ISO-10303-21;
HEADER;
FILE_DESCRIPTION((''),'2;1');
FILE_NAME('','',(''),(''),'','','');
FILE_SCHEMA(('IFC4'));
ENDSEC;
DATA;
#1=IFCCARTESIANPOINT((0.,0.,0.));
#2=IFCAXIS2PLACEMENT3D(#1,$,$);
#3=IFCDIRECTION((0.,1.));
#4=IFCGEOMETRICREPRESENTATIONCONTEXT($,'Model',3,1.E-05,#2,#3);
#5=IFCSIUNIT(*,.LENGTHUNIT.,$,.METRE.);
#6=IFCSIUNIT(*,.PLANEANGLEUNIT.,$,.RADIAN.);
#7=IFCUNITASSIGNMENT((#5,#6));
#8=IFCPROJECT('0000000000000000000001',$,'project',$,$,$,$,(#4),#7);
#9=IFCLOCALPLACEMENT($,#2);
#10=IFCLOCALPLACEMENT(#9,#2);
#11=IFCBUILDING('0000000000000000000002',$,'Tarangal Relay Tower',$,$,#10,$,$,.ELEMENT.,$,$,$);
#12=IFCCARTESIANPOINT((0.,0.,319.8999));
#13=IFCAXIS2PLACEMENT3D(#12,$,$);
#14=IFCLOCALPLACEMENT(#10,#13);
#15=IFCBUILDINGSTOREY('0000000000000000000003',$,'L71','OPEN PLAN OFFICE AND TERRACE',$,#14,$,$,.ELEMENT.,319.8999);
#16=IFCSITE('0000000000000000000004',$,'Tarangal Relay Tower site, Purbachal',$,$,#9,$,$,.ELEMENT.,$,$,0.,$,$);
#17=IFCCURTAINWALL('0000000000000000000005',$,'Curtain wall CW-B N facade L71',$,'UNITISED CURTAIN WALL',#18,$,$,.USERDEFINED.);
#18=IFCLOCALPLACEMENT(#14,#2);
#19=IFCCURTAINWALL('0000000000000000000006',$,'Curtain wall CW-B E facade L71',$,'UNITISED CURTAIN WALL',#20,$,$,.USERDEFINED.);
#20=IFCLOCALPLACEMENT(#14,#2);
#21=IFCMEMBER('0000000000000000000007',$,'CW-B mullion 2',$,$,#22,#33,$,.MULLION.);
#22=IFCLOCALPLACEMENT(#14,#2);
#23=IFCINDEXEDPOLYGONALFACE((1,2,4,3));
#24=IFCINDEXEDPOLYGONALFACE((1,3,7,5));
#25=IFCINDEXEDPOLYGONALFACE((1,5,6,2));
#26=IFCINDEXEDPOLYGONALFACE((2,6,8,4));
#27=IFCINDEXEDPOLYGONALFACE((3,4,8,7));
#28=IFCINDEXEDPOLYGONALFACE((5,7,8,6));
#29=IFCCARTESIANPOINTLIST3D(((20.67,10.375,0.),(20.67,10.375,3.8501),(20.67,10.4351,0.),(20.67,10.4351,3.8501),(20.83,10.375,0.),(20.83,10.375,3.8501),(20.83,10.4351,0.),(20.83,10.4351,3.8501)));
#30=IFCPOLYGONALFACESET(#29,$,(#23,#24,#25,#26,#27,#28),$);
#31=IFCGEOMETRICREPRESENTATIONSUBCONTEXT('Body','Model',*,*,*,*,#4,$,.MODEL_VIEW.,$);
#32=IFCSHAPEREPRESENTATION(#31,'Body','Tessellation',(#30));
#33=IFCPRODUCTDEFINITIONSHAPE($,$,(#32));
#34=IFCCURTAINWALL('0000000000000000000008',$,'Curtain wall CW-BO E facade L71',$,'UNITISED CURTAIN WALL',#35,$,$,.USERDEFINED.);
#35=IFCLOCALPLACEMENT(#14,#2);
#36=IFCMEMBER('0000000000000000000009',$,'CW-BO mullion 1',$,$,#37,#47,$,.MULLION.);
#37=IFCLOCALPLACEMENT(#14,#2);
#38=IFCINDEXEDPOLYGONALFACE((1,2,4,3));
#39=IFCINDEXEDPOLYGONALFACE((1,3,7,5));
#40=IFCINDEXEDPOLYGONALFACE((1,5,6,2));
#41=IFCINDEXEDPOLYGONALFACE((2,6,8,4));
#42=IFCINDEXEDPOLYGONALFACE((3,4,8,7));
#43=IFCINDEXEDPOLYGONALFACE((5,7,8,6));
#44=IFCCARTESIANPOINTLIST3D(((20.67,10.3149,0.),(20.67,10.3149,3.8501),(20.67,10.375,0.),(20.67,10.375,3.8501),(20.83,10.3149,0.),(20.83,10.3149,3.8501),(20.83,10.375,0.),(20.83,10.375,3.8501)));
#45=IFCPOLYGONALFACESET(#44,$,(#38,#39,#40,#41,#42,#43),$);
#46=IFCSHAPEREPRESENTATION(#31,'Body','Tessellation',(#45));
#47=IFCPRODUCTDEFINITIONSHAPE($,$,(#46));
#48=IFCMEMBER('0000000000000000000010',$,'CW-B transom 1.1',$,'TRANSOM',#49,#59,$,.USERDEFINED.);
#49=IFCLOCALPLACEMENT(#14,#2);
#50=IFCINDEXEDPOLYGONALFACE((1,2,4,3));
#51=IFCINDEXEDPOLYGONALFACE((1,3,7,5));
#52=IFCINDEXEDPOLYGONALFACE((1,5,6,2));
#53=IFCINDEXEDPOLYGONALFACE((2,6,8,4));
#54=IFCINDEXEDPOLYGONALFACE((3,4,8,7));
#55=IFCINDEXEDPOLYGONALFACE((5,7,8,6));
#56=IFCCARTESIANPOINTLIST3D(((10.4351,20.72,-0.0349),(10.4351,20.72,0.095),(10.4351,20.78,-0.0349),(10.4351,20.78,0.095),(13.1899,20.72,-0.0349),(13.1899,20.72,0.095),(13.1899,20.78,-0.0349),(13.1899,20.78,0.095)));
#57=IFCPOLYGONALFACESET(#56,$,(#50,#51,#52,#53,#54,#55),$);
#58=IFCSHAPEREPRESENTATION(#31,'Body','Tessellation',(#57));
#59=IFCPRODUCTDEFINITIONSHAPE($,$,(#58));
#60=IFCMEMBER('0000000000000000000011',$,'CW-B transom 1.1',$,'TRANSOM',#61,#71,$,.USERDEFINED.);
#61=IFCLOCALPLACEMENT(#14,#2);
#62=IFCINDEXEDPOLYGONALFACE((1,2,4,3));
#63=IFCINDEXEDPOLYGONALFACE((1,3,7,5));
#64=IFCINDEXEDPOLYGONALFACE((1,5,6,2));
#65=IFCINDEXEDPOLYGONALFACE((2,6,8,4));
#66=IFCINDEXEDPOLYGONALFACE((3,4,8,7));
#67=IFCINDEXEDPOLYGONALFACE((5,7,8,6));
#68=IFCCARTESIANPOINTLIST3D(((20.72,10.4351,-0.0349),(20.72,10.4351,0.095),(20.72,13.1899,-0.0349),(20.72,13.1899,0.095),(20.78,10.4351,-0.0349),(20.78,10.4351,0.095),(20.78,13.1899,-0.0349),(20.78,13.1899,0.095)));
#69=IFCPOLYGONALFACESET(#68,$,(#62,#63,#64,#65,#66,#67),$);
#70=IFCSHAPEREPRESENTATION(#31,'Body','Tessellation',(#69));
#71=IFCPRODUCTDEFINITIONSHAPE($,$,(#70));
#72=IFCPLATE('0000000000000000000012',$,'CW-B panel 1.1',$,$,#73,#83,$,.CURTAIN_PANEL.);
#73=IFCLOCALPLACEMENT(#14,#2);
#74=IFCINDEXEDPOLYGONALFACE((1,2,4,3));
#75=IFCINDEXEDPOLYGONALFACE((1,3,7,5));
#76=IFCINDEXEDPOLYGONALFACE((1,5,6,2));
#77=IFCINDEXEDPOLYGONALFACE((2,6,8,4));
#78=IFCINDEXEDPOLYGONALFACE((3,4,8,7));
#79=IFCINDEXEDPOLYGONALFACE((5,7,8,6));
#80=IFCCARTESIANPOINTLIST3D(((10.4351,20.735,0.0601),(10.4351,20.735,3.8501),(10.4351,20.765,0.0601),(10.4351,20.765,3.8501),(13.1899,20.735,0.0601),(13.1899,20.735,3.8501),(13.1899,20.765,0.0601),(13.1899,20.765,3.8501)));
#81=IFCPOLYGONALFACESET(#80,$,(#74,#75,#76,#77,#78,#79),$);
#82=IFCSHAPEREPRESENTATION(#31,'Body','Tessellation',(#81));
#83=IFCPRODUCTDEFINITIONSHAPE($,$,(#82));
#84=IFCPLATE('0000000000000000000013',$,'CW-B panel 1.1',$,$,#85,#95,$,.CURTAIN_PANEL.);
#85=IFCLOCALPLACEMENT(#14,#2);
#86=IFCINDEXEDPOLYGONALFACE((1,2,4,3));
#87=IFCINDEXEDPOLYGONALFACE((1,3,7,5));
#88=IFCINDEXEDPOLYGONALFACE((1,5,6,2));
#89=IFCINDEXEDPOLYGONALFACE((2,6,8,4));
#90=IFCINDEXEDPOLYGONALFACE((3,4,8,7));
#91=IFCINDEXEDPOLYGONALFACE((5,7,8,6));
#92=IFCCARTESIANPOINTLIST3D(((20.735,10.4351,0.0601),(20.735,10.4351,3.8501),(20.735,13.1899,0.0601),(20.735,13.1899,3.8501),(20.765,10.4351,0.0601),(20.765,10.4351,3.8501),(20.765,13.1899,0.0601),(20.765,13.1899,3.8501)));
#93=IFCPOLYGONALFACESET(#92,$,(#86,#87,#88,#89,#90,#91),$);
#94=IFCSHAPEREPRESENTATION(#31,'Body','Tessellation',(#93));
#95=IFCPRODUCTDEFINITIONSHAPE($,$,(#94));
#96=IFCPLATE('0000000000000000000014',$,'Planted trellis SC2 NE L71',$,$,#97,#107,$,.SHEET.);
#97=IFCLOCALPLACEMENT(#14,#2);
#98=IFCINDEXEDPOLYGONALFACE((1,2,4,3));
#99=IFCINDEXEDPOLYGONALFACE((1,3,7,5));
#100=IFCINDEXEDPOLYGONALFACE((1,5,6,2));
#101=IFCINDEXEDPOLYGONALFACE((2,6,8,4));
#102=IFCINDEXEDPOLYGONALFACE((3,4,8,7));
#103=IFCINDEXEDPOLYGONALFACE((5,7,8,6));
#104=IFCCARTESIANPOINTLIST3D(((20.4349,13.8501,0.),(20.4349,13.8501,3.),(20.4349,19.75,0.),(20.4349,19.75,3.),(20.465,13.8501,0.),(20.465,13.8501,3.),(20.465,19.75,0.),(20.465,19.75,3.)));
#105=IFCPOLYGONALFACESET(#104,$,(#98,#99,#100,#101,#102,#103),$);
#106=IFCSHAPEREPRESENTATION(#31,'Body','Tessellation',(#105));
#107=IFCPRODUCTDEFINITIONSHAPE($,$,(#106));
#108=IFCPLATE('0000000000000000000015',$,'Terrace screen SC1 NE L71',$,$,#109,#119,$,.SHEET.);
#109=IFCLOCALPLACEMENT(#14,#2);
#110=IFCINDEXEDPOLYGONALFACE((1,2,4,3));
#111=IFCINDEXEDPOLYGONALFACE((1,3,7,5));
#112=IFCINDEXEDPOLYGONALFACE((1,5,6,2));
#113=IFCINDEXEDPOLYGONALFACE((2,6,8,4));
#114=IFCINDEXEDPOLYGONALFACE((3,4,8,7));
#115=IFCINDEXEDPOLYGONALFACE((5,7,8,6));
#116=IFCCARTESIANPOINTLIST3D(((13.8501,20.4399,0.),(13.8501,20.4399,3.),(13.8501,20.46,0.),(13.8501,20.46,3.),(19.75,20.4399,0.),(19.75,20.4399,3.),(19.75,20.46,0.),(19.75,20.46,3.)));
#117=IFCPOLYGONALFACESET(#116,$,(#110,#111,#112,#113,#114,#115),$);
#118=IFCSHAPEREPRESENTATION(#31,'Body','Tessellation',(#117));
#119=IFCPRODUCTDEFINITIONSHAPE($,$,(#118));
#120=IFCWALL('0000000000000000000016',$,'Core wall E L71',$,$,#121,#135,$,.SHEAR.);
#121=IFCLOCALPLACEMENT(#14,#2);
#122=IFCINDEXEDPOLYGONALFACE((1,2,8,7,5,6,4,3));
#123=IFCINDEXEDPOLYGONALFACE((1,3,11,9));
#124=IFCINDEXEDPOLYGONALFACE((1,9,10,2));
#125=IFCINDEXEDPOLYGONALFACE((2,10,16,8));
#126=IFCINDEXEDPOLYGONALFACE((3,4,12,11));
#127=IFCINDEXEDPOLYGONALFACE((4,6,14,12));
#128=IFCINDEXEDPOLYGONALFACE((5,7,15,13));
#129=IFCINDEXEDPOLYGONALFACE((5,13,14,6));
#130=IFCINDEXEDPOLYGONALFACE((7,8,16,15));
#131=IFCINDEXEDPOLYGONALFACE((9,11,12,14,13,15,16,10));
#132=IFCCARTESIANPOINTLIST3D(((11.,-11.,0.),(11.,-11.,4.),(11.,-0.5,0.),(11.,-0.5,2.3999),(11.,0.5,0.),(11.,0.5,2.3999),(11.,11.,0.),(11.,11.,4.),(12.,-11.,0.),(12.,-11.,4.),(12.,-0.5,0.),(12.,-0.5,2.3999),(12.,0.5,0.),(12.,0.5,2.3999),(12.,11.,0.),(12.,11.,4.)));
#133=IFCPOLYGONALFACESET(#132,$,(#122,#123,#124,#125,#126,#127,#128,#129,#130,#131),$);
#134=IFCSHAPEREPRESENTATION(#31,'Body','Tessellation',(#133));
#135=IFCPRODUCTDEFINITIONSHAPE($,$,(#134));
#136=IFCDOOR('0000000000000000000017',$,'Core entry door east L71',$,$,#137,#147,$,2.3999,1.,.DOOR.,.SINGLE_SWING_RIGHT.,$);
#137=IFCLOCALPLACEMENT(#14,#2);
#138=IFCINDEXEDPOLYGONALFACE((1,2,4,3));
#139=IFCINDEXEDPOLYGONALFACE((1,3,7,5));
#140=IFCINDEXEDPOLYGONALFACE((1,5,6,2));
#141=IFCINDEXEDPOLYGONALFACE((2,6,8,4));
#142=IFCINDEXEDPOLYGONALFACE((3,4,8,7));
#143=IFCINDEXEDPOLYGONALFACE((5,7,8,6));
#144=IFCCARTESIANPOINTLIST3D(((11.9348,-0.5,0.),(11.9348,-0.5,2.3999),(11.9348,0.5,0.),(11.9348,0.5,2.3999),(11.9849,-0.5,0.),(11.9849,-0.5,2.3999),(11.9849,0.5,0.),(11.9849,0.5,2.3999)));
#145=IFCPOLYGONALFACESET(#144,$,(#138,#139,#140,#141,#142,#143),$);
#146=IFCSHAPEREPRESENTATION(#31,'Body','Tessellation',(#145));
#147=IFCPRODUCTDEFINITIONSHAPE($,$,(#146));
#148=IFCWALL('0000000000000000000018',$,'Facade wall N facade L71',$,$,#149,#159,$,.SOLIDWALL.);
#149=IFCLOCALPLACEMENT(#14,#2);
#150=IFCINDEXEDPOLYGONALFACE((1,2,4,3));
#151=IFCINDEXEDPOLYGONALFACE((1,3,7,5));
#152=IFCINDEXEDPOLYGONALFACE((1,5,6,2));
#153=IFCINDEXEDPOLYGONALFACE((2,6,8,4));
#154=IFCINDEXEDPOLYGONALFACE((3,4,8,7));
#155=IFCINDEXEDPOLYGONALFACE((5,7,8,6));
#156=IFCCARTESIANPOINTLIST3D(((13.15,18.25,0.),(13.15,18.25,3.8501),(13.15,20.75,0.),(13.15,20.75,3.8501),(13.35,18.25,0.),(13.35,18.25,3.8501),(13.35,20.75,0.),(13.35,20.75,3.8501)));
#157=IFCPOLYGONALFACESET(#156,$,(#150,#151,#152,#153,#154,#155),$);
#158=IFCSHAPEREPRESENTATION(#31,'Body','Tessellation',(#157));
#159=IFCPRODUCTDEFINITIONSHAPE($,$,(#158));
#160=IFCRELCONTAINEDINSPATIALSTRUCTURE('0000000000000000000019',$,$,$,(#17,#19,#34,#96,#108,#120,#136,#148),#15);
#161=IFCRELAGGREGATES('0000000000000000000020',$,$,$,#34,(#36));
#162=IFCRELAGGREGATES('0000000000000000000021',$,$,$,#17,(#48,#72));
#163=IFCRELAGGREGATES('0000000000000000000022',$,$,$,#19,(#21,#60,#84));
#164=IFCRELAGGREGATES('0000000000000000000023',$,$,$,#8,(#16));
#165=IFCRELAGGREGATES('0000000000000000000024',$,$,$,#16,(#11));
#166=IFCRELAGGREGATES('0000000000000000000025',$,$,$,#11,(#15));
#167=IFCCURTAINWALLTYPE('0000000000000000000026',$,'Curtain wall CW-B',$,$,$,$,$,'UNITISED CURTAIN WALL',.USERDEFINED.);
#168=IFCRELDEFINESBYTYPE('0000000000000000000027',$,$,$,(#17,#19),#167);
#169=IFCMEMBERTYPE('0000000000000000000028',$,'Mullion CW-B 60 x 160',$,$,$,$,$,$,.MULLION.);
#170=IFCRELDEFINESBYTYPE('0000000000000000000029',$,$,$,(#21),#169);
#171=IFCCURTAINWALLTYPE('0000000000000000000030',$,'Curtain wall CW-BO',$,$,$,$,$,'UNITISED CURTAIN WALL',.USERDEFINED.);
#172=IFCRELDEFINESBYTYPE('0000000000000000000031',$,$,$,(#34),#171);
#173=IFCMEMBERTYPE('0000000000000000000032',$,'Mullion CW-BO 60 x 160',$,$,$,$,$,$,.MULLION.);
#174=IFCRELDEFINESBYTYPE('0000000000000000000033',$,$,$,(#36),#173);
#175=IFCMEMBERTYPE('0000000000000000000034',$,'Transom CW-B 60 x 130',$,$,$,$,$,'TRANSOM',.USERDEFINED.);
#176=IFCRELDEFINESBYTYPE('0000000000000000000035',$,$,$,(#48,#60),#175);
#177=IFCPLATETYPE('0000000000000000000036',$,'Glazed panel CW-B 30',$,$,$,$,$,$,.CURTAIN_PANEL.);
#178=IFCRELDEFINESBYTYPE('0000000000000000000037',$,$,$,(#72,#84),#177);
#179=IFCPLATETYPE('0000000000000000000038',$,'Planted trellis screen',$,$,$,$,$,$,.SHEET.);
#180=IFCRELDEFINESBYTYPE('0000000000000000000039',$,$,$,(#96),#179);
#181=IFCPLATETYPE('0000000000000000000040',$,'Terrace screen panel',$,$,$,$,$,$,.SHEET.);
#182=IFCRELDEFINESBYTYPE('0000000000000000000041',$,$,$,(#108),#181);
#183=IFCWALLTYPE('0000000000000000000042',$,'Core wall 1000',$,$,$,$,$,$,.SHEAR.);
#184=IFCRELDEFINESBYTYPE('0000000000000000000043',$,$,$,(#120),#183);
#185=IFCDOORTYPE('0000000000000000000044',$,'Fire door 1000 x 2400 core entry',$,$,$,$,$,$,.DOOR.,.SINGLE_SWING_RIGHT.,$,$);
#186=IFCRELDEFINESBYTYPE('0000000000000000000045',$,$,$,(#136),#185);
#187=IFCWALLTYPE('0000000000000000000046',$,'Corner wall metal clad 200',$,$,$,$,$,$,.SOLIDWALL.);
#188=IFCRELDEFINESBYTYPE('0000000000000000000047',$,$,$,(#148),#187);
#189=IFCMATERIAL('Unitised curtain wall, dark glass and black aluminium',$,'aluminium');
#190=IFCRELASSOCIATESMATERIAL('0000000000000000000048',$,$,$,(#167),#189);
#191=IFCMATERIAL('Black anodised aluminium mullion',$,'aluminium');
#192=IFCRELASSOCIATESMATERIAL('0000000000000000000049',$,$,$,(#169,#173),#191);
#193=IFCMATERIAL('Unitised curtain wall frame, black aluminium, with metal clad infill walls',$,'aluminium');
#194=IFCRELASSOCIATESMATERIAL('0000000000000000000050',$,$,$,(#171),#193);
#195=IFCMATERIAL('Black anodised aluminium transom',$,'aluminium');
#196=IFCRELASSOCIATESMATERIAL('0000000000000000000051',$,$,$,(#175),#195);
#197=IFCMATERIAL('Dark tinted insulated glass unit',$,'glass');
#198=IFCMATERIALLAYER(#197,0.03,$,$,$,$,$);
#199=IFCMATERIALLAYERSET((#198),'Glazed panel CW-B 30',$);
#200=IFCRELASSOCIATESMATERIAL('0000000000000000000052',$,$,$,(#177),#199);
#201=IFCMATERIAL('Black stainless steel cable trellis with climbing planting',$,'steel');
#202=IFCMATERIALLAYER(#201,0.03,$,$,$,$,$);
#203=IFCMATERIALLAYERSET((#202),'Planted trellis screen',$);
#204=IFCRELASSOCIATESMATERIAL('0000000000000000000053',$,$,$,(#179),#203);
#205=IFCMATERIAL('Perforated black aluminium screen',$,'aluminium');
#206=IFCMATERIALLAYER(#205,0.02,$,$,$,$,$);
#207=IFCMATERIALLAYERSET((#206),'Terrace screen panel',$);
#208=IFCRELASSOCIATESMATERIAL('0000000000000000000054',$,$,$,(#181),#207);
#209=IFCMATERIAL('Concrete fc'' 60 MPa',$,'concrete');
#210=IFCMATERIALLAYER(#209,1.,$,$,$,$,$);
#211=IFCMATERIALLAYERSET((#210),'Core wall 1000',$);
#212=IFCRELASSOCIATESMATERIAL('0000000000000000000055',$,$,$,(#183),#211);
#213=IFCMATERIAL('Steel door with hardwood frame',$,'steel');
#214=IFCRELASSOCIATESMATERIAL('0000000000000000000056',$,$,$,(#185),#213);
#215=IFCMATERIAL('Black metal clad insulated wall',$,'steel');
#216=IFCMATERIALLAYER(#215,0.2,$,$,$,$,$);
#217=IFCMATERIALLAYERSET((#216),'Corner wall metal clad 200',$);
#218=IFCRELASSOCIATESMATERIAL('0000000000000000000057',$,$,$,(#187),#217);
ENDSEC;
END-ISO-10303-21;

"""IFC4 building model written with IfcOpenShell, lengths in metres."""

from ifc_helpers import new_model, si_unit, direction, frame, frame_2d, origin, origin_2d, place, context, subcontext, project, spatial, rectangle, extrude, material, layer, layer_set, material_profile, profile_set, type_object, element, fill, aggregate, save


model = new_model("IFC4")

# Units and contexts
model_context = context("Model", 3, precision=1e-05, world=origin(), true_north=direction((0.0, 1.0)))
body_context = subcontext(model_context, "Body", "Model", "MODEL_VIEW")
ifc_project = project(units=[si_unit("LENGTHUNIT", "METRE"), si_unit("PLANEANGLEUNIT", "RADIAN")], contexts=[model_context])

# Site, building, storey
site_placement = place(None, origin())
site = spatial("IfcSite", under=ifc_project, at=site_placement, Name="Tarangal Relay Tower site, Purbachal", CompositionType="ELEMENT", RefElevation=0.0)
building_placement = place(site_placement, origin())
building = spatial("IfcBuilding", under=site, at=building_placement, Name="Tarangal Relay Tower", CompositionType="ELEMENT")
storey_placement = place(building_placement, frame((0.0, 0.0, 319.8999)))
storey = spatial("IfcBuildingStorey", under=building, at=storey_placement, Name="L71", Description="OPEN PLAN OFFICE AND TERRACE", CompositionType="ELEMENT", Elevation=319.8999)

# Curtain wall
ifc_material_1 = material(Name="Unitised curtain wall, dark glass and black aluminium", Category="aluminium")
curtain_wall_type_1 = type_object("IfcCurtainWallType", Name="Curtain wall CW-B", ElementType="UNITISED CURTAIN WALL", PredefinedType="USERDEFINED", material=ifc_material_1)
curtain_wall_1_placement = place(storey_placement, origin())
curtain_wall_1 = element("IfcCurtainWall", 1, at=curtain_wall_1_placement, inside=storey, type_object=curtain_wall_type_1, Name="Curtain wall CW-B N facade L71", ObjectType="UNITISED CURTAIN WALL", PredefinedType="USERDEFINED")
ifc_material_2 = material(Name="Black anodised aluminium mullion", Category="aluminium")
ifc_material_profile_1 = material_profile(ifc_material_2, rectangle(XDim=0.1599, YDim=0.0601, at=origin_2d()), Name="CW-BM 60X160")
ifc_profile_set_1 = profile_set([ifc_material_profile_1], Name="Black anodised aluminium mullion")
member_type_1 = type_object("IfcMemberType", Name="Mullion CW-B 60 x 160", PredefinedType="MULLION", material=ifc_profile_set_1)

# Curtain wall, member
curtain_wall_2_placement = place(storey_placement, origin())
curtain_wall_2 = element("IfcCurtainWall", 2, at=curtain_wall_2_placement, inside=storey, type_object=curtain_wall_type_1, Name="Curtain wall CW-B E facade L71", ObjectType="UNITISED CURTAIN WALL", PredefinedType="USERDEFINED")
member_1_placement = place(storey_placement, frame((20.75, 10.405, 0.0), z_axis=(0.0, 0.0, 1.0), x_axis=(1.0, 0.0, 0.0)))
member_1 = element("IfcMember", 3, at=member_1_placement, type_object=member_type_1, Name="CW-B mullion 2", PredefinedType="MULLION", context=body_context, shape_type="SweptSolid", body=[
    extrude(rectangle(XDim=0.1599, YDim=0.0601, at=origin_2d()), origin(), (0.0, 0.0, 1.0), 3.8501),
])

# Curtain wall, member
ifc_material_3 = material(Name="Unitised curtain wall frame, black aluminium, with metal clad infill walls", Category="aluminium")
curtain_wall_type_2 = type_object("IfcCurtainWallType", Name="Curtain wall CW-BO", ElementType="UNITISED CURTAIN WALL", PredefinedType="USERDEFINED", material=ifc_material_3)
curtain_wall_3_placement = place(storey_placement, origin())
curtain_wall_3 = element("IfcCurtainWall", 4, at=curtain_wall_3_placement, inside=storey, type_object=curtain_wall_type_2, Name="Curtain wall CW-BO E facade L71", ObjectType="UNITISED CURTAIN WALL", PredefinedType="USERDEFINED")
ifc_material_profile_2 = material_profile(ifc_material_2, rectangle(XDim=0.1599, YDim=0.0601, at=origin_2d()), Name="CW-BOM 60X160")
ifc_profile_set_2 = profile_set([ifc_material_profile_2], Name="Black anodised aluminium mullion")
member_type_2 = type_object("IfcMemberType", Name="Mullion CW-BO 60 x 160", PredefinedType="MULLION", material=ifc_profile_set_2)
member_2_placement = place(storey_placement, frame((20.75, 10.345, 0.0), z_axis=(0.0, 0.0, 1.0), x_axis=(1.0, 0.0, 0.0)))
member_2 = element("IfcMember", 5, at=member_2_placement, type_object=member_type_2, Name="CW-BO mullion 1", PredefinedType="MULLION", context=body_context, shape_type="SweptSolid", body=[
    extrude(rectangle(XDim=0.1599, YDim=0.0601, at=origin_2d()), origin(), (0.0, 0.0, 1.0), 3.8501),
])
aggregate(curtain_wall_3, [member_2])

# Members
ifc_material_4 = material(Name="Black anodised aluminium transom", Category="aluminium")
ifc_material_profile_3 = material_profile(ifc_material_4, rectangle(XDim=0.0601, YDim=0.1299, at=origin_2d()), Name="CW-BT 60X130")
ifc_profile_set_3 = profile_set([ifc_material_profile_3], Name="Black anodised aluminium transom")
member_type_3 = type_object("IfcMemberType", Name="Transom CW-B 60 x 130", ElementType="TRANSOM", PredefinedType="USERDEFINED", material=ifc_profile_set_3)
member_3_placement = place(storey_placement, frame((10.4351, 20.75, 0.03), z_axis=(1.0, 0.0, 0.0), x_axis=(0.0, 1.0, 0.0)))
member_3 = element("IfcMember", 6, at=member_3_placement, type_object=member_type_3, Name="CW-B transom 1.1", ObjectType="TRANSOM", PredefinedType="USERDEFINED", context=body_context, shape_type="SweptSolid", body=[
    extrude(rectangle(XDim=0.0601, YDim=0.1299, at=origin_2d()), origin(), (0.0, 0.0, 1.0), 2.7549),
])
member_4_placement = place(storey_placement, frame((20.75, 13.1899, 0.03), z_axis=(0.0, -1.0, 0.0), x_axis=(1.0, 0.0, 0.0)))
member_4 = element("IfcMember", 7, at=member_4_placement, type_object=member_type_3, Name="CW-B transom 1.1", ObjectType="TRANSOM", PredefinedType="USERDEFINED", context=body_context, shape_type="SweptSolid", body=[
    extrude(rectangle(XDim=0.0601, YDim=0.1299, at=origin_2d()), origin(), (0.0, 0.0, 1.0), 2.7549),
])

# Plates
ifc_material_5 = material(Name="Dark tinted insulated glass unit", Category="glass")
ifc_layer_1 = layer(ifc_material_5, 0.03)
ifc_layer_set_1 = layer_set([ifc_layer_1], Name="Glazed panel CW-B 30")
plate_type_1 = type_object("IfcPlateType", Name="Glazed panel CW-B 30", PredefinedType="CURTAIN_PANEL", material=ifc_layer_set_1)
plate_1_placement = place(storey_placement, frame((11.8125, 20.75, 0.0601), z_axis=(0.0, 0.0, 1.0), x_axis=(1.0, 0.0, 0.0)))
plate_1 = element("IfcPlate", 8, at=plate_1_placement, type_object=plate_type_1, Name="CW-B panel 1.1", PredefinedType="CURTAIN_PANEL", context=body_context, shape_type="SweptSolid", body=[
    extrude(rectangle(XDim=2.7549, YDim=0.03, at=origin_2d()), origin(), (0.0, 0.0, 1.0), 3.79),
])
aggregate(curtain_wall_1, [member_3, plate_1])
plate_2_placement = place(storey_placement, frame((20.75, 11.8125, 0.0601), z_axis=(0.0, 0.0, 1.0), x_axis=(0.0, -1.0, 0.0)))
plate_2 = element("IfcPlate", 9, at=plate_2_placement, type_object=plate_type_1, Name="CW-B panel 1.1", PredefinedType="CURTAIN_PANEL", context=body_context, shape_type="SweptSolid", body=[
    extrude(rectangle(XDim=2.7549, YDim=0.03, at=origin_2d()), origin(), (0.0, 0.0, 1.0), 3.79),
])
aggregate(curtain_wall_2, [member_1, member_4, plate_2])

# Plates
ifc_material_6 = material(Name="Black stainless steel cable trellis with climbing planting", Category="steel")
ifc_layer_2 = layer(ifc_material_6, 0.03)
ifc_layer_set_2 = layer_set([ifc_layer_2], Name="Planted trellis screen")
plate_type_2 = type_object("IfcPlateType", Name="Planted trellis screen", PredefinedType="SHEET", material=ifc_layer_set_2)
plate_3_placement = place(storey_placement, frame((20.45, 16.8, 0.0), z_axis=(0.0, 0.0, 1.0), x_axis=(0.0, -1.0, 0.0)))
element("IfcPlate", 10, at=plate_3_placement, inside=storey, type_object=plate_type_2, Name="Planted trellis SC2 NE L71", PredefinedType="SHEET", context=body_context, shape_type="SweptSolid", body=[
    extrude(rectangle(XDim=5.8999, YDim=0.03, at=origin_2d()), origin(), (0.0, 0.0, 1.0), 3.0),
])
ifc_material_7 = material(Name="Perforated black aluminium screen", Category="aluminium")
ifc_layer_3 = layer(ifc_material_7, 0.02)
ifc_layer_set_3 = layer_set([ifc_layer_3], Name="Terrace screen panel")
plate_type_3 = type_object("IfcPlateType", Name="Terrace screen panel", PredefinedType="SHEET", material=ifc_layer_set_3)
plate_4_placement = place(storey_placement, frame((16.8, 20.45, 0.0), z_axis=(0.0, 0.0, 1.0), x_axis=(1.0, 0.0, 0.0)))
element("IfcPlate", 11, at=plate_4_placement, inside=storey, type_object=plate_type_3, Name="Terrace screen SC1 NE L71", PredefinedType="SHEET", context=body_context, shape_type="SweptSolid", body=[
    extrude(rectangle(XDim=5.8999, YDim=0.02, at=origin_2d()), origin(), (0.0, 0.0, 1.0), 3.0),
])

# Wall, opening, door
ifc_material_8 = material(Name="Concrete fc' 60 MPa", Category="concrete")
ifc_layer_4 = layer(ifc_material_8, 1.0)
ifc_layer_set_4 = layer_set([ifc_layer_4], Name="Core wall 1000")
wall_type_1 = type_object("IfcWallType", Name="Core wall 1000", PredefinedType="SHEAR", material=ifc_layer_set_4)
wall_1_placement = place(storey_placement, frame((11.5, 11.0, 0.0), z_axis=(0.0, 0.0, 1.0), x_axis=(0.0, -1.0, 0.0)))
wall_1 = element("IfcWall", 12, at=wall_1_placement, inside=storey, type_object=wall_type_1, Name="Core wall E L71", PredefinedType="SHEAR", context=body_context, shape_type="SweptSolid", body=[
    extrude(rectangle(XDim=22.0, YDim=1.0, at=frame_2d((11.0, 0.0))), origin(), (0.0, 0.0, 1.0), 4.0),
])
opening_1_placement = place(wall_1_placement, frame((10.5, 0.0, 0.0)))
opening_1 = element("IfcOpeningElement", 13, at=opening_1_placement, cuts=wall_1, PredefinedType="OPENING", context=body_context, shape_type="SweptSolid", body=[
    extrude(rectangle(XDim=1.0, YDim=2.3999, at=frame_2d((0.5, 1.2))), frame((0.0, 0.51, 0.0), z_axis=(0.0, -1.0, 0.0), x_axis=(1.0, 0.0, 0.0)), (0.0, 0.0, 1.0), 1.02),
])
ifc_material_9 = material(Name="Steel door with hardwood frame", Category="steel")
door_type_1 = type_object("IfcDoorType", Name="Fire door 1000 x 2400 core entry", OperationType="SINGLE_SWING_RIGHT", PredefinedType="DOOR", material=ifc_material_9)
door_1_placement = place(opening_1_placement, origin())
door_1 = element("IfcDoor", 14, at=door_1_placement, inside=storey, type_object=door_type_1, Name="Core entry door east L71", OperationType="SINGLE_SWING_RIGHT", OverallHeight=2.3999, OverallWidth=1.0, PredefinedType="DOOR", context=body_context, shape_type="SweptSolid", body=[
    extrude(rectangle(XDim=1.0, YDim=2.3999, at=frame_2d((0.5, 1.2))), frame((0.0, 0.4849, 0.0), z_axis=(0.0, -1.0, 0.0), x_axis=(1.0, 0.0, 0.0)), (0.0, 0.0, 1.0), 0.05),
])
fill(opening_1, door_1)

# Wall
ifc_material_10 = material(Name="Black metal clad insulated wall", Category="steel")
ifc_layer_5 = layer(ifc_material_10, 0.2)
ifc_layer_set_5 = layer_set([ifc_layer_5], Name="Corner wall metal clad 200")
wall_type_2 = type_object("IfcWallType", Name="Corner wall metal clad 200", PredefinedType="SOLIDWALL", material=ifc_layer_set_5)
wall_2_placement = place(storey_placement, frame((13.25, 20.75, 0.0), z_axis=(0.0, 0.0, 1.0), x_axis=(0.0, -1.0, 0.0)))
element("IfcWall", 15, at=wall_2_placement, inside=storey, type_object=wall_type_2, Name="Facade wall N facade L71", PredefinedType="SOLIDWALL", context=body_context, shape_type="SweptSolid", body=[
    extrude(rectangle(XDim=2.5, YDim=0.2, at=frame_2d((1.25, 0.0))), origin(), (0.0, 0.0, 1.0), 3.8501),
])

save(model, "model.ifc")
